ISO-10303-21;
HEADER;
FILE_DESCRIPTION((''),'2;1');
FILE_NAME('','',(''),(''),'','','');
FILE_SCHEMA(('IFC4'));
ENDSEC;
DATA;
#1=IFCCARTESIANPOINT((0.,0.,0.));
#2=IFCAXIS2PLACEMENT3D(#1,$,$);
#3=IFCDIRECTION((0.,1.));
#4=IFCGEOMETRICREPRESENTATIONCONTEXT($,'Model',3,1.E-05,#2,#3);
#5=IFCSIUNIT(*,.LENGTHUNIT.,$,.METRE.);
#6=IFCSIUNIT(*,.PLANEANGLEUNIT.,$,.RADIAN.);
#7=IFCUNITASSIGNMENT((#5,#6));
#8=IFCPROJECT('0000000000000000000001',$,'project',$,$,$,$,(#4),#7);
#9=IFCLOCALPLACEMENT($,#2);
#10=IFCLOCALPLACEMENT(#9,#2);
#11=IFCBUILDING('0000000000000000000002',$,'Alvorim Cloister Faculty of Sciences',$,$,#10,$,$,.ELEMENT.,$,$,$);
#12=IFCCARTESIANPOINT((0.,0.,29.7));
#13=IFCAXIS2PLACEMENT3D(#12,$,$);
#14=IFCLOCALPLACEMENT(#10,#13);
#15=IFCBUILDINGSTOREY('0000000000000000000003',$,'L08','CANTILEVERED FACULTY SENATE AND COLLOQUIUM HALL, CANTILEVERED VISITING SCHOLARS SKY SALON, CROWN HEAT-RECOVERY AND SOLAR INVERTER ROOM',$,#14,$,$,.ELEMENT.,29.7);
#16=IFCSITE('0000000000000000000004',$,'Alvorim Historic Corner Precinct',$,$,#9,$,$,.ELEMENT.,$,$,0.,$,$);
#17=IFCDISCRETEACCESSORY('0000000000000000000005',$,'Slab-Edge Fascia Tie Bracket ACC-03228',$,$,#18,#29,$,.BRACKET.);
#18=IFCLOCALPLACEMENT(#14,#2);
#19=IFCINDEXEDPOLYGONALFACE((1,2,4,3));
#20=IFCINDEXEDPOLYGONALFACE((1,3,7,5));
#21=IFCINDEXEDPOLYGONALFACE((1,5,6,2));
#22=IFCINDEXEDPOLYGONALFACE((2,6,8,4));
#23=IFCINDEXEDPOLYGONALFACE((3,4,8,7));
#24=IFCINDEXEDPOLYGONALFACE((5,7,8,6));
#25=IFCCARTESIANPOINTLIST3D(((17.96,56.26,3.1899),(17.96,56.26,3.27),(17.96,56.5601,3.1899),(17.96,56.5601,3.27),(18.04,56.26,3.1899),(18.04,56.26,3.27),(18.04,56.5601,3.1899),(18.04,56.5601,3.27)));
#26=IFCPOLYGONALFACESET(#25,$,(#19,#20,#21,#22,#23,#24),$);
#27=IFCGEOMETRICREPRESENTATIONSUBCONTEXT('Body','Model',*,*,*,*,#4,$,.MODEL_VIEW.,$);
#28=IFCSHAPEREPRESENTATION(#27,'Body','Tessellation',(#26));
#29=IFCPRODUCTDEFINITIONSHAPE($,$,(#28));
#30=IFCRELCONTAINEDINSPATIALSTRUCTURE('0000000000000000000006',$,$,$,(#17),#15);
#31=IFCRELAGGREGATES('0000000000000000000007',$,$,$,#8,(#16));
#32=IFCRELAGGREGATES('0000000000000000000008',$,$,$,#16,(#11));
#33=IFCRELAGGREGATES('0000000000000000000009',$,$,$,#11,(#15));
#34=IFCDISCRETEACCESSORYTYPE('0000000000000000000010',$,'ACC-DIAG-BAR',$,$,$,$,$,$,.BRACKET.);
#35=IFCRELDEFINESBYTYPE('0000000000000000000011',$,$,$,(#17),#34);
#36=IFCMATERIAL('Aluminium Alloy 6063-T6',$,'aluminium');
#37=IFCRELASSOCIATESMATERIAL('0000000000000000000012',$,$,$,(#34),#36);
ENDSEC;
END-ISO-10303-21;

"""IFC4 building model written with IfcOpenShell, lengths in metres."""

from ifc_helpers import new_model, si_unit, direction, frame, origin, origin_2d, place, context, subcontext, project, spatial, rectangle, extrude, material, type_object, element, save


model = new_model("IFC4")

# Units and contexts
model_context = context("Model", 3, precision=1e-05, world=origin(), true_north=direction((0.0, 1.0)))
body_context = subcontext(model_context, "Body", "Model", "MODEL_VIEW")
ifc_project = project(units=[si_unit("LENGTHUNIT", "METRE"), si_unit("PLANEANGLEUNIT", "RADIAN")], contexts=[model_context])

# Site, building, storey
site_placement = place(None, origin())
site = spatial("IfcSite", under=ifc_project, at=site_placement, Name="Alvorim Historic Corner Precinct", CompositionType="ELEMENT", RefElevation=0.0)
building_placement = place(site_placement, origin())
building = spatial("IfcBuilding", under=site, at=building_placement, Name="Alvorim Cloister Faculty of Sciences", CompositionType="ELEMENT")
storey_placement = place(building_placement, frame((0.0, 0.0, 29.7)))
storey = spatial("IfcBuildingStorey", under=building, at=storey_placement, Name="L08", Description="CANTILEVERED FACULTY SENATE AND COLLOQUIUM HALL, CANTILEVERED VISITING SCHOLARS SKY SALON, CROWN HEAT-RECOVERY AND SOLAR INVERTER ROOM", CompositionType="ELEMENT", Elevation=29.7)

# Shared definitions
ifc_material_1 = material(Name="Aluminium Alloy 6063-T6", Category="aluminium")

# Discrete accessory
discrete_accessory_type = type_object("IfcDiscreteAccessoryType", Name="ACC-DIAG-BAR", PredefinedType="BRACKET", material=ifc_material_1)
discrete_accessory_placement = place(storey_placement, frame((18.0, 56.26, 3.23), z_axis=(0.0, 1.0, 0.0), x_axis=(-1.0, 0.0, 0.0)))
element("IfcDiscreteAccessory", 1, at=discrete_accessory_placement, inside=storey, type_object=discrete_accessory_type, Name="Slab-Edge Fascia Tie Bracket ACC-03228", PredefinedType="BRACKET", context=body_context, shape_type="SweptSolid", body=[
    extrude(rectangle(XDim=0.0801, YDim=0.0801, at=origin_2d()), origin(), (0.0, 0.0, 1.0), 0.3),
])

save(model, "model.ifc")
